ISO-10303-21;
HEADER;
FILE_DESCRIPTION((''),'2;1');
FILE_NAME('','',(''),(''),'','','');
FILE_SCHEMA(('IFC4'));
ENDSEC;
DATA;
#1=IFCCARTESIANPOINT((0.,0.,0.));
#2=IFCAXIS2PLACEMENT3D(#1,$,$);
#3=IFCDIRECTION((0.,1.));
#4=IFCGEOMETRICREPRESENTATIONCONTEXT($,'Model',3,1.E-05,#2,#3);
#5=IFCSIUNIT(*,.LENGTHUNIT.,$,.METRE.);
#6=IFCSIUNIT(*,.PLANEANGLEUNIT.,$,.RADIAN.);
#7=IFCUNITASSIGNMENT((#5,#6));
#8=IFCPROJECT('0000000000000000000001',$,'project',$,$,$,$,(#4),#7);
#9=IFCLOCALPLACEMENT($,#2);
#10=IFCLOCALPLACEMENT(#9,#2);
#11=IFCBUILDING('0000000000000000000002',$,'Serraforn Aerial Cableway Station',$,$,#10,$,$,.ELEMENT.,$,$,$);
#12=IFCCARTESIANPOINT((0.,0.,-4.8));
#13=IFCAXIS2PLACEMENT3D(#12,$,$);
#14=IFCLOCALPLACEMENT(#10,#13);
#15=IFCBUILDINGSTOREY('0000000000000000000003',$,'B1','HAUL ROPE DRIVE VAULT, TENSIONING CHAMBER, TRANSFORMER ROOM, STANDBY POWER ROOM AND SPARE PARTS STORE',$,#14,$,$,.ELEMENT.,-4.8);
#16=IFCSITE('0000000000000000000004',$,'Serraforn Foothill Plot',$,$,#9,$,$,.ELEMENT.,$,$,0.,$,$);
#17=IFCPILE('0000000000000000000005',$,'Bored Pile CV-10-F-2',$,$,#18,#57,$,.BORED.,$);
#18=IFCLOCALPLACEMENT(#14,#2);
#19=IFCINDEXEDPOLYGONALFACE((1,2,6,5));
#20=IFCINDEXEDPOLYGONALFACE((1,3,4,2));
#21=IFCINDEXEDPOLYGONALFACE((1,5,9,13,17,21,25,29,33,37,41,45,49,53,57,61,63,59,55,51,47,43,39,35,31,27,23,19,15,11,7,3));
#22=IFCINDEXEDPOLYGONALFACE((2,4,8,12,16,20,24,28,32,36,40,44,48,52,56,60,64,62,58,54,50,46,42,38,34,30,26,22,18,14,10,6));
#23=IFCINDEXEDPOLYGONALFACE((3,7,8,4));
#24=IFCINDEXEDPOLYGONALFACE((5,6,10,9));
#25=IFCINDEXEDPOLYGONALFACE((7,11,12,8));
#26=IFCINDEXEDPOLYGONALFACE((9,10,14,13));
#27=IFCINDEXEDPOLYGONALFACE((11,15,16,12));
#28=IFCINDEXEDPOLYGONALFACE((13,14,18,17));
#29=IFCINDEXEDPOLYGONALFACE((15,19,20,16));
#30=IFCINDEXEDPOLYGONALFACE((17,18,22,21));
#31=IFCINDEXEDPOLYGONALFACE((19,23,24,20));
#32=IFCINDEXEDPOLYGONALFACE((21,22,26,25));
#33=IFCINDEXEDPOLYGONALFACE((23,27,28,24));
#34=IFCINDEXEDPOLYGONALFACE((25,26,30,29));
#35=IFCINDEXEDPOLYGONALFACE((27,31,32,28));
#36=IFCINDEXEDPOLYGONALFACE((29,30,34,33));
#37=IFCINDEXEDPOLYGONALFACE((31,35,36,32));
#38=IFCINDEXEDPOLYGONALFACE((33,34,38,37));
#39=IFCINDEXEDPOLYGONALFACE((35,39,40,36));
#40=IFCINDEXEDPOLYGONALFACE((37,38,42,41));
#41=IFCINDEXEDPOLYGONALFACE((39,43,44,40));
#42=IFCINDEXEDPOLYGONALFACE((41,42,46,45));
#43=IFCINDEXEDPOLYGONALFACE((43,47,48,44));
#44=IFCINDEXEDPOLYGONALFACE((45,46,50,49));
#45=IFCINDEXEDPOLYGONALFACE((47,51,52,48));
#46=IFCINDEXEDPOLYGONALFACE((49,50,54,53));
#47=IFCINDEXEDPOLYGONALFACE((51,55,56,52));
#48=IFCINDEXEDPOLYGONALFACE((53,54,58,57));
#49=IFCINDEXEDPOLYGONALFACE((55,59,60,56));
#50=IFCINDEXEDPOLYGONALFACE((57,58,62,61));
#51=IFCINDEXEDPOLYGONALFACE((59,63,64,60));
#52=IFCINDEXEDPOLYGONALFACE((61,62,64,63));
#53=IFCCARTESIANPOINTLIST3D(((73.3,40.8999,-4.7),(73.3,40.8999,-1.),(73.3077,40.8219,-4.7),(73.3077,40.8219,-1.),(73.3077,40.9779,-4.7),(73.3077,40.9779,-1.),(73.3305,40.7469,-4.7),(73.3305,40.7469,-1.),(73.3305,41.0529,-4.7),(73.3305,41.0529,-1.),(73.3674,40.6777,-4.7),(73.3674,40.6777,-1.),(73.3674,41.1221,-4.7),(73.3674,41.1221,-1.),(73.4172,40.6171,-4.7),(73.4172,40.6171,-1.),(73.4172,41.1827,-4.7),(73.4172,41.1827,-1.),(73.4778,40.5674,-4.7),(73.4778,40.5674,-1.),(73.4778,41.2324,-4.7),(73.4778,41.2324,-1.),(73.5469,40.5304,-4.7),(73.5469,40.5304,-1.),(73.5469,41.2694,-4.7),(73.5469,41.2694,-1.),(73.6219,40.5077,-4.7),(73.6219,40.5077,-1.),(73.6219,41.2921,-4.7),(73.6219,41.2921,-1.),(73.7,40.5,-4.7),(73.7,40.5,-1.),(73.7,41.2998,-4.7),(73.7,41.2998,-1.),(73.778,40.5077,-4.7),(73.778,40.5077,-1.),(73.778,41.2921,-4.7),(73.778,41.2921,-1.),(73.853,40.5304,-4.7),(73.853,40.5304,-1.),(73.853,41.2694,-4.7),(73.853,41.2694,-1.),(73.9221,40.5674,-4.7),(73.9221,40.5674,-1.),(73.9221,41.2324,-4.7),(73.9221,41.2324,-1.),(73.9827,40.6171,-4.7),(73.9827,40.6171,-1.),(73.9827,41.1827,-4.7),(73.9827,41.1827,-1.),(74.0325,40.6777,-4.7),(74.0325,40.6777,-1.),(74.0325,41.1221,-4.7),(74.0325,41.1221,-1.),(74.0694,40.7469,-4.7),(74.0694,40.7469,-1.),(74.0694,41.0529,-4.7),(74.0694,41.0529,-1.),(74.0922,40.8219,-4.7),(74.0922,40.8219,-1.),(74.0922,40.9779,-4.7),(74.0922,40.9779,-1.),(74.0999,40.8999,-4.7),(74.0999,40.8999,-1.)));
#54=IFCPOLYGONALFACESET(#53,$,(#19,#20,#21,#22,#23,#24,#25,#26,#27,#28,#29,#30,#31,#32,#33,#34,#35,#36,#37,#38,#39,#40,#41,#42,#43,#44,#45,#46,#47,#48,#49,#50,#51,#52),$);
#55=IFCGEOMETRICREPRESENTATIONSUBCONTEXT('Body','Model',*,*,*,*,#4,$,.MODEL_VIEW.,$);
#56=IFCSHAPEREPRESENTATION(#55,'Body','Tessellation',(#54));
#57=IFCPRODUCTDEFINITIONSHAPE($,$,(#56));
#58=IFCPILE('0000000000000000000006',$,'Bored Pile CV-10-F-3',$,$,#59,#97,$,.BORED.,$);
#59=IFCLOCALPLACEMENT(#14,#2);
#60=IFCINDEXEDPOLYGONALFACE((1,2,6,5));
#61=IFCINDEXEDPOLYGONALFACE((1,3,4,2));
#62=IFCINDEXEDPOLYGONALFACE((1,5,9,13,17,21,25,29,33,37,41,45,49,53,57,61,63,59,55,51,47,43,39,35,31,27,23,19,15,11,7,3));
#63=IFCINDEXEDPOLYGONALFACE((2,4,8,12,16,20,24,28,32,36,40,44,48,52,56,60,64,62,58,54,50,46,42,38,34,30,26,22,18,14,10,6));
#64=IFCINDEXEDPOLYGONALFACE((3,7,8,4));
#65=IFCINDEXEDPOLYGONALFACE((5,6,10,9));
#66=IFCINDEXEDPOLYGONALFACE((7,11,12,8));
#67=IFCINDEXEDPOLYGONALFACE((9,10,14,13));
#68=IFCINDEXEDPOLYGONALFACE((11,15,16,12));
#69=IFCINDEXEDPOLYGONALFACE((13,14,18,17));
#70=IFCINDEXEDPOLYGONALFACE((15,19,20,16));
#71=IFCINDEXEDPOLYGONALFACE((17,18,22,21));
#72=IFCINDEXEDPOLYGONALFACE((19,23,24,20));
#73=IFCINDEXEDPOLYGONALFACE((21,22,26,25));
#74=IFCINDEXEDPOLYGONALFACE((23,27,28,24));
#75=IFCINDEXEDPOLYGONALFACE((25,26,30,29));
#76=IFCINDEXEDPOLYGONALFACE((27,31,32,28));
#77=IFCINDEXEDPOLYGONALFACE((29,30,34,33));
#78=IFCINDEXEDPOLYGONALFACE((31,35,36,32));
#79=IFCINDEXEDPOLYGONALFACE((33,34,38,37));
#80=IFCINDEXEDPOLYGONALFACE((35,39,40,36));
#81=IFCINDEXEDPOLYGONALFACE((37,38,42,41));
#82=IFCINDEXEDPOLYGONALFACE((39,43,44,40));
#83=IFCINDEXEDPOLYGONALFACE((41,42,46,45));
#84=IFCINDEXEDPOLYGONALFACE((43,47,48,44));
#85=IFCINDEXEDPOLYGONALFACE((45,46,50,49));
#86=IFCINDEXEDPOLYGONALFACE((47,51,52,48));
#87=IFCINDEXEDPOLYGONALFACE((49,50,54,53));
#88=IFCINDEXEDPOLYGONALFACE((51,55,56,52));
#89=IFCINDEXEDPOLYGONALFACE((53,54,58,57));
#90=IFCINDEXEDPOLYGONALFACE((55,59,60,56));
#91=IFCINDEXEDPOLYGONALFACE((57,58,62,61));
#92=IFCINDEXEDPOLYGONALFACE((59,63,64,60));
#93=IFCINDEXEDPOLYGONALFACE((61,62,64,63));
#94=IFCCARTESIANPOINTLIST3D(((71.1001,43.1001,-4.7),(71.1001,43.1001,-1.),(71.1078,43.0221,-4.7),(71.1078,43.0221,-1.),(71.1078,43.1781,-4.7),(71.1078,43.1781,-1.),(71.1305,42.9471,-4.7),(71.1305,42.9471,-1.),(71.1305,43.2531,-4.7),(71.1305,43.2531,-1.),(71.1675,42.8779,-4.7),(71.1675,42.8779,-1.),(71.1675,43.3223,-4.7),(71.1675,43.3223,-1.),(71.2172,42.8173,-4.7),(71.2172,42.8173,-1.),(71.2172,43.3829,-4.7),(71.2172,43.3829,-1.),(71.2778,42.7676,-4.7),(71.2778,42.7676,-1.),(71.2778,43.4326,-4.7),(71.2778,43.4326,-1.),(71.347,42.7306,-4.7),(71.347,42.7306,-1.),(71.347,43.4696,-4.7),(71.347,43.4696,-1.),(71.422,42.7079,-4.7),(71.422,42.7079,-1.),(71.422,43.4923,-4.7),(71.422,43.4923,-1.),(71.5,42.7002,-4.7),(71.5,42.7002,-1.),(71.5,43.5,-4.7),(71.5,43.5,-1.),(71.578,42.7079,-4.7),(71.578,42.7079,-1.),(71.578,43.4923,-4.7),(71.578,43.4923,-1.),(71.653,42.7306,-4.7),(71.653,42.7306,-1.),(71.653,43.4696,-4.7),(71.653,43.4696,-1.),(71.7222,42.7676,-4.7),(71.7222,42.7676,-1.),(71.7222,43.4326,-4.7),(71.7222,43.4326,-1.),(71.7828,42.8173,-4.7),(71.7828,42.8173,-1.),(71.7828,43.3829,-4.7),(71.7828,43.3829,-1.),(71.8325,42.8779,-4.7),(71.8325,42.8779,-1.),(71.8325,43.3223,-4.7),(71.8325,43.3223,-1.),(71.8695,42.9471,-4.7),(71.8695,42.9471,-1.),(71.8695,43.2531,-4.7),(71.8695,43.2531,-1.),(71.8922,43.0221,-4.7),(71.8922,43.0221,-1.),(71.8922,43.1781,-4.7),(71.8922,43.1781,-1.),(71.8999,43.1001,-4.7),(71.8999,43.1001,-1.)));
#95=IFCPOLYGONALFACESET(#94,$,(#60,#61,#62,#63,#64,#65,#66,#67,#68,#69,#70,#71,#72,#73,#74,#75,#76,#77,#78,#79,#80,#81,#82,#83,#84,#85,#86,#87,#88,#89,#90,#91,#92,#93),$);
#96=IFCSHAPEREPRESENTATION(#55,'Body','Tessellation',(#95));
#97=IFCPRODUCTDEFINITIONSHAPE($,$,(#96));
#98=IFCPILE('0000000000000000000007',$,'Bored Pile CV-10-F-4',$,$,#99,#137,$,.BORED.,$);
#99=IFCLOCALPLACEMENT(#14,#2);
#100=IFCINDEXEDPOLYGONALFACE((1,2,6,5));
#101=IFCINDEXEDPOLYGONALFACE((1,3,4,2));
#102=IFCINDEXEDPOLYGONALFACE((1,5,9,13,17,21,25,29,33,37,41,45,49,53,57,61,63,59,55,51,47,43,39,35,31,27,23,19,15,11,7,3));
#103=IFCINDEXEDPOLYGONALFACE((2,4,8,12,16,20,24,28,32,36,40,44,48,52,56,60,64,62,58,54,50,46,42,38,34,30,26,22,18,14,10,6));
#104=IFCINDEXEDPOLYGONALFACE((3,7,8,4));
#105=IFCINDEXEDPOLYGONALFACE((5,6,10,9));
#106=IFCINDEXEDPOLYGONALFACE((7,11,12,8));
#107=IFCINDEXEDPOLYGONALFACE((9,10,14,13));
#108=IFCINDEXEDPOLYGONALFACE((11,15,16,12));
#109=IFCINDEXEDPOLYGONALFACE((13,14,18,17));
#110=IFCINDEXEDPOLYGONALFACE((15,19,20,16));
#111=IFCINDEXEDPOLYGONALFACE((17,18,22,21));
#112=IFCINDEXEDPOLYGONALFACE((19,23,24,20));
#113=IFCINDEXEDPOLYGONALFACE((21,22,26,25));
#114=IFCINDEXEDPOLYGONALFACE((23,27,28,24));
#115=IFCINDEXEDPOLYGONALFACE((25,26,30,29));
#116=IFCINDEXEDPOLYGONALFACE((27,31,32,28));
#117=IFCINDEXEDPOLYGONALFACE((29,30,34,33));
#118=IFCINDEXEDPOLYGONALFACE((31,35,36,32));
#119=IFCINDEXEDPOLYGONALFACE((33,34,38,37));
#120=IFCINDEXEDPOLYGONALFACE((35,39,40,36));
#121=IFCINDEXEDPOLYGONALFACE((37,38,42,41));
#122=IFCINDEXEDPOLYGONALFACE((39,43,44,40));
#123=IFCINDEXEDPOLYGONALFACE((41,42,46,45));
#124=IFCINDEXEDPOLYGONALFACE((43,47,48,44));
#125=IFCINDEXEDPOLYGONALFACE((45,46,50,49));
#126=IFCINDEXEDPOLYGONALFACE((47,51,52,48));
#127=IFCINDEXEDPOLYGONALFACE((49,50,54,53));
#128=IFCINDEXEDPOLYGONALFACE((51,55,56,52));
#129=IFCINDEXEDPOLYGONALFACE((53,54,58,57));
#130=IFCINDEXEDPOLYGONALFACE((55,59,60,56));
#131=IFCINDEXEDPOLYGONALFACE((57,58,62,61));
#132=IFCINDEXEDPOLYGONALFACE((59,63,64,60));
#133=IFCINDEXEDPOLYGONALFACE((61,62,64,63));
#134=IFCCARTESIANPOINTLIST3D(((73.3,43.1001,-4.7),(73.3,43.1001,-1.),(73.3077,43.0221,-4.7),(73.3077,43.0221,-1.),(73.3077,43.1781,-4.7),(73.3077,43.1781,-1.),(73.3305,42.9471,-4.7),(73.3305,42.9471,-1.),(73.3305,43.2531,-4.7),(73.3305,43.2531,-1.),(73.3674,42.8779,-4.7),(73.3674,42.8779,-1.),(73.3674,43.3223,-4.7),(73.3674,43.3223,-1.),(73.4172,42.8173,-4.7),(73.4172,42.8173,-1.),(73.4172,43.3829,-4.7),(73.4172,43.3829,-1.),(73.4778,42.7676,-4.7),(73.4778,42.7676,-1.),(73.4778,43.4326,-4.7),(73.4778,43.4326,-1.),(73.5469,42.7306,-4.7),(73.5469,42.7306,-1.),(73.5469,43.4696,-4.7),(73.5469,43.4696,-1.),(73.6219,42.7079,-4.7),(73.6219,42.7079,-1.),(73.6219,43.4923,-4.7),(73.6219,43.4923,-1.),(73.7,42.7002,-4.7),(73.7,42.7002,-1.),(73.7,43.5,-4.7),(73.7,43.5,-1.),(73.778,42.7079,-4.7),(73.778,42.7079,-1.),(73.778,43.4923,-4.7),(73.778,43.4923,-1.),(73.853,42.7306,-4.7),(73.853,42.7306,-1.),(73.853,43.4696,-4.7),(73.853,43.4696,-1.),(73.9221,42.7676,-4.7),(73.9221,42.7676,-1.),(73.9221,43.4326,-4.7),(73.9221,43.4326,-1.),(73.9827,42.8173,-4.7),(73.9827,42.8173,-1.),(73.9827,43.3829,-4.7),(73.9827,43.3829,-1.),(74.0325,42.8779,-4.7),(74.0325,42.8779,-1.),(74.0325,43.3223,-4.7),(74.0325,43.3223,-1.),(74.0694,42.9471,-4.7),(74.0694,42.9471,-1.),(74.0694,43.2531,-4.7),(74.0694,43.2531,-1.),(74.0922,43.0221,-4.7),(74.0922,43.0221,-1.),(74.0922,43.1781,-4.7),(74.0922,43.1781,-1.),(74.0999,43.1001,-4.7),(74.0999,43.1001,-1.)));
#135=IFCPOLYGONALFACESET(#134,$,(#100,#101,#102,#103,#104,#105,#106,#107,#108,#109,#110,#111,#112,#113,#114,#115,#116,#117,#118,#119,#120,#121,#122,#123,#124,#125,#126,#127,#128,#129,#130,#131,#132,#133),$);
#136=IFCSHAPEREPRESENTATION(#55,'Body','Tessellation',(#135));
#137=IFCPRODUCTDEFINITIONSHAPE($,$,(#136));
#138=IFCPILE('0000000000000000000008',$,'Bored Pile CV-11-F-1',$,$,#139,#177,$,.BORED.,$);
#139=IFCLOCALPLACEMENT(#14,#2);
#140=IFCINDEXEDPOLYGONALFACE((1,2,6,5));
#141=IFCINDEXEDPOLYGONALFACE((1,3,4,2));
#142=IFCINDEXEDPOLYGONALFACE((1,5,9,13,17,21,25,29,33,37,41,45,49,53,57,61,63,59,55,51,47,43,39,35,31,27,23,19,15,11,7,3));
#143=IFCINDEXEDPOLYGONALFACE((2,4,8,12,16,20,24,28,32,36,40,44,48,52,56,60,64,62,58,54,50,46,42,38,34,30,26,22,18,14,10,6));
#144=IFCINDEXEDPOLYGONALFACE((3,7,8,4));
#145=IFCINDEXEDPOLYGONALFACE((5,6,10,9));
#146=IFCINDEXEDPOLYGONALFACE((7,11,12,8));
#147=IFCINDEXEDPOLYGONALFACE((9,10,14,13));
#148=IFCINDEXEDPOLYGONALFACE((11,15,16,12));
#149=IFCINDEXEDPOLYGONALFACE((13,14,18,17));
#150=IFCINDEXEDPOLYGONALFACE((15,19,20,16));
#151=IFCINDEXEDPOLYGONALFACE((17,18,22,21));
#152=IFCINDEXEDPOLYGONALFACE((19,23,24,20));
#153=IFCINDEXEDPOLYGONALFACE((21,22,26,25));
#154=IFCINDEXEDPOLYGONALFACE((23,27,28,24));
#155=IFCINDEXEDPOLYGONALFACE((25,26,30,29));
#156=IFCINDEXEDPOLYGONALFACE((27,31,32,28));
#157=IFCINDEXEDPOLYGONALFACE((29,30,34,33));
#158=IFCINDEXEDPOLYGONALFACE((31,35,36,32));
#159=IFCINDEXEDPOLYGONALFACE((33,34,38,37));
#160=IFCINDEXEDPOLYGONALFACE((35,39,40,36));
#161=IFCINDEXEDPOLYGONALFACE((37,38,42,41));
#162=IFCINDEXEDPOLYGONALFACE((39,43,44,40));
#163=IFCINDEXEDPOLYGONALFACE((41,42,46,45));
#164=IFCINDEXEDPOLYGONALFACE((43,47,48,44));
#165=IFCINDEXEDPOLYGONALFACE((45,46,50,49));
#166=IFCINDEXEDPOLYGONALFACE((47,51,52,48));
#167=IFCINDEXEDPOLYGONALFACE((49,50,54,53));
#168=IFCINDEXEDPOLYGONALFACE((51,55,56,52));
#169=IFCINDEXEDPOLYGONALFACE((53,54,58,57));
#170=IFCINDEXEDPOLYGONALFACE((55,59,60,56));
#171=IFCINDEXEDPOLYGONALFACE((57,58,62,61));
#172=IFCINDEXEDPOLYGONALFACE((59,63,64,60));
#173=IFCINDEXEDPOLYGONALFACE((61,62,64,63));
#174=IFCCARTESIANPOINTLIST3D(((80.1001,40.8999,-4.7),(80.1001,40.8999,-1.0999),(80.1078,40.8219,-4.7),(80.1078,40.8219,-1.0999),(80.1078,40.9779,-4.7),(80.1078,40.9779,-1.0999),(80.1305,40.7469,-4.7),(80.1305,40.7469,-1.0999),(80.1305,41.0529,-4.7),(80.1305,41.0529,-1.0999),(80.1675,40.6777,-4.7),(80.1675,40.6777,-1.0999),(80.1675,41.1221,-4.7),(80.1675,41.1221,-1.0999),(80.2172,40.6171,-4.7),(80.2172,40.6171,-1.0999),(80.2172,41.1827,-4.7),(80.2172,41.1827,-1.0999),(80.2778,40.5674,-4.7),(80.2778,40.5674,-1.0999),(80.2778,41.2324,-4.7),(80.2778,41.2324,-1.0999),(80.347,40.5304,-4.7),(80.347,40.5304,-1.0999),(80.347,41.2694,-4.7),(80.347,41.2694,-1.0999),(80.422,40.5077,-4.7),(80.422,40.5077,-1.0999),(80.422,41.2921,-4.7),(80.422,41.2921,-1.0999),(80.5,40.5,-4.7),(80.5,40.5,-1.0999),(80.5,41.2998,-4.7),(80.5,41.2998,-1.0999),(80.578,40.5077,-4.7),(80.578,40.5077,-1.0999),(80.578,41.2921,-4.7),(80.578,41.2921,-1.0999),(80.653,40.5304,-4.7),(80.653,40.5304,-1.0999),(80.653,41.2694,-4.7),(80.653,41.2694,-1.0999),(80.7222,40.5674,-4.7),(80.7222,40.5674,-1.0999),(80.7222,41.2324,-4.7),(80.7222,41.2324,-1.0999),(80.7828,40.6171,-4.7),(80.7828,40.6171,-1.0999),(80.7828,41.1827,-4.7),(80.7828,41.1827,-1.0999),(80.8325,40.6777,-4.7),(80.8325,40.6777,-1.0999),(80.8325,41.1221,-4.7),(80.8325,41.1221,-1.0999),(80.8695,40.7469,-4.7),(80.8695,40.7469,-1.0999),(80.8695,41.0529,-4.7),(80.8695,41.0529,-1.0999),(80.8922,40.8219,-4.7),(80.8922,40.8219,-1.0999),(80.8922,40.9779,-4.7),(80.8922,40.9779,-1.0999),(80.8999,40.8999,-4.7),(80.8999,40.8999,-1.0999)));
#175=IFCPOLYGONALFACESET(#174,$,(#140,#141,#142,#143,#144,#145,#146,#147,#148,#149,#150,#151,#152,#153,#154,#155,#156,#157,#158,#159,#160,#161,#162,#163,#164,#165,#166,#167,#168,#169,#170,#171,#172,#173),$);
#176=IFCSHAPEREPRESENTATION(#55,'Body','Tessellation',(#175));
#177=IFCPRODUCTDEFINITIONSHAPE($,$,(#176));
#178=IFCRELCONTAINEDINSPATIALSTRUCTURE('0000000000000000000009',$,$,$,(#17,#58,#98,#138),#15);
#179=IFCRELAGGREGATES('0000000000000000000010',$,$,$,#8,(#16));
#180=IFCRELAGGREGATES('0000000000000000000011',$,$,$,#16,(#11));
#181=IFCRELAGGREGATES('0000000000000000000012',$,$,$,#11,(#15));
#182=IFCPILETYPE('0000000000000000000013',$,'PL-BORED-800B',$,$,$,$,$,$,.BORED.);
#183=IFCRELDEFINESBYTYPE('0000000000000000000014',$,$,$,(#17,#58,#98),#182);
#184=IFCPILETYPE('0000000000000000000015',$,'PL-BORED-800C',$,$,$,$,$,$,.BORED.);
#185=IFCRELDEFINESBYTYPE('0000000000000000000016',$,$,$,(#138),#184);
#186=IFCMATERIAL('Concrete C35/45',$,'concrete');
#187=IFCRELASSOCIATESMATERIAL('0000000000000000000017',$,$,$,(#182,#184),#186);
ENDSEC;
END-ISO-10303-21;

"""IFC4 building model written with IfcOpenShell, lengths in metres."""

from ifc_helpers import new_model, si_unit, direction, frame, origin, origin_2d, place, context, subcontext, project, spatial, circle, extrude, material, material_profile, profile_set, type_object, element, save


model = new_model("IFC4")

# Units and contexts
model_context = context("Model", 3, precision=1e-05, world=origin(), true_north=direction((0.0, 1.0)))
body_context = subcontext(model_context, "Body", "Model", "MODEL_VIEW")
ifc_project = project(units=[si_unit("LENGTHUNIT", "METRE"), si_unit("PLANEANGLEUNIT", "RADIAN")], contexts=[model_context])

# Site, building, storey
site_placement = place(None, origin())
site = spatial("IfcSite", under=ifc_project, at=site_placement, Name="Serraforn Foothill Plot", CompositionType="ELEMENT", RefElevation=0.0)
building_placement = place(site_placement, origin())
building = spatial("IfcBuilding", under=site, at=building_placement, Name="Serraforn Aerial Cableway Station", CompositionType="ELEMENT")
storey_placement = place(building_placement, frame((0.0, 0.0, -4.8)))
storey = spatial("IfcBuildingStorey", under=building, at=storey_placement, Name="B1", Description="HAUL ROPE DRIVE VAULT, TENSIONING CHAMBER, TRANSFORMER ROOM, STANDBY POWER ROOM AND SPARE PARTS STORE", CompositionType="ELEMENT", Elevation=-4.8)

# Shared definitions
ifc_material_1 = material(Name="Concrete C35/45", Category="concrete")

# Piles
ifc_material_profile_1 = material_profile(ifc_material_1, circle(Radius=0.3999, at=origin_2d()), Name="BORED PILE D800")
ifc_profile_set_1 = profile_set([ifc_material_profile_1], Name="Concrete C35/45")
pile_type_1 = type_object("IfcPileType", Name="PL-BORED-800B", PredefinedType="BORED", material=ifc_profile_set_1)
for number, where, z_axis, x_axis, name in (
    (1, (73.7, 40.8999, -1.0), (0.0, 0.0, -1.0), (1.0, 0.0, 0.0), "Bored Pile CV-10-F-2"),
    (2, (71.5, 43.1001, -1.0), (0.0, 0.0, -1.0), (1.0, 0.0, 0.0), "Bored Pile CV-10-F-3"),
    (3, (73.7, 43.1001, -1.0), (0.0, 0.0, -1.0), (1.0, 0.0, 0.0), "Bored Pile CV-10-F-4"),
):
    element("IfcPile", number, at=place(storey_placement, frame(where, z_axis=z_axis, x_axis=x_axis)), inside=storey, type_object=pile_type_1, Name=name, PredefinedType="BORED", context=body_context, shape_type="SweptSolid", body=[
        extrude(circle(Radius=0.3999, at=origin_2d()), origin(), (0.0, 0.0, 1.0), 3.7),
    ])
ifc_material_profile_2 = material_profile(ifc_material_1, circle(Radius=0.3999, at=origin_2d()), Name="BORED PILE D800")
ifc_profile_set_2 = profile_set([ifc_material_profile_2], Name="Concrete C35/45")
pile_type_2 = type_object("IfcPileType", Name="PL-BORED-800C", PredefinedType="BORED", material=ifc_profile_set_2)
for number, where, z_axis, x_axis, name in (
    (4, (80.5, 40.8999, -1.0999), (0.0, 0.0, -1.0), (1.0, 0.0, 0.0), "Bored Pile CV-11-F-1"),
):
    element("IfcPile", number, at=place(storey_placement, frame(where, z_axis=z_axis, x_axis=x_axis)), inside=storey, type_object=pile_type_2, Name=name, PredefinedType="BORED", context=body_context, shape_type="SweptSolid", body=[
        extrude(circle(Radius=0.3999, at=origin_2d()), origin(), (0.0, 0.0, 1.0), 3.6001),
    ])

save(model, "model.ifc")
